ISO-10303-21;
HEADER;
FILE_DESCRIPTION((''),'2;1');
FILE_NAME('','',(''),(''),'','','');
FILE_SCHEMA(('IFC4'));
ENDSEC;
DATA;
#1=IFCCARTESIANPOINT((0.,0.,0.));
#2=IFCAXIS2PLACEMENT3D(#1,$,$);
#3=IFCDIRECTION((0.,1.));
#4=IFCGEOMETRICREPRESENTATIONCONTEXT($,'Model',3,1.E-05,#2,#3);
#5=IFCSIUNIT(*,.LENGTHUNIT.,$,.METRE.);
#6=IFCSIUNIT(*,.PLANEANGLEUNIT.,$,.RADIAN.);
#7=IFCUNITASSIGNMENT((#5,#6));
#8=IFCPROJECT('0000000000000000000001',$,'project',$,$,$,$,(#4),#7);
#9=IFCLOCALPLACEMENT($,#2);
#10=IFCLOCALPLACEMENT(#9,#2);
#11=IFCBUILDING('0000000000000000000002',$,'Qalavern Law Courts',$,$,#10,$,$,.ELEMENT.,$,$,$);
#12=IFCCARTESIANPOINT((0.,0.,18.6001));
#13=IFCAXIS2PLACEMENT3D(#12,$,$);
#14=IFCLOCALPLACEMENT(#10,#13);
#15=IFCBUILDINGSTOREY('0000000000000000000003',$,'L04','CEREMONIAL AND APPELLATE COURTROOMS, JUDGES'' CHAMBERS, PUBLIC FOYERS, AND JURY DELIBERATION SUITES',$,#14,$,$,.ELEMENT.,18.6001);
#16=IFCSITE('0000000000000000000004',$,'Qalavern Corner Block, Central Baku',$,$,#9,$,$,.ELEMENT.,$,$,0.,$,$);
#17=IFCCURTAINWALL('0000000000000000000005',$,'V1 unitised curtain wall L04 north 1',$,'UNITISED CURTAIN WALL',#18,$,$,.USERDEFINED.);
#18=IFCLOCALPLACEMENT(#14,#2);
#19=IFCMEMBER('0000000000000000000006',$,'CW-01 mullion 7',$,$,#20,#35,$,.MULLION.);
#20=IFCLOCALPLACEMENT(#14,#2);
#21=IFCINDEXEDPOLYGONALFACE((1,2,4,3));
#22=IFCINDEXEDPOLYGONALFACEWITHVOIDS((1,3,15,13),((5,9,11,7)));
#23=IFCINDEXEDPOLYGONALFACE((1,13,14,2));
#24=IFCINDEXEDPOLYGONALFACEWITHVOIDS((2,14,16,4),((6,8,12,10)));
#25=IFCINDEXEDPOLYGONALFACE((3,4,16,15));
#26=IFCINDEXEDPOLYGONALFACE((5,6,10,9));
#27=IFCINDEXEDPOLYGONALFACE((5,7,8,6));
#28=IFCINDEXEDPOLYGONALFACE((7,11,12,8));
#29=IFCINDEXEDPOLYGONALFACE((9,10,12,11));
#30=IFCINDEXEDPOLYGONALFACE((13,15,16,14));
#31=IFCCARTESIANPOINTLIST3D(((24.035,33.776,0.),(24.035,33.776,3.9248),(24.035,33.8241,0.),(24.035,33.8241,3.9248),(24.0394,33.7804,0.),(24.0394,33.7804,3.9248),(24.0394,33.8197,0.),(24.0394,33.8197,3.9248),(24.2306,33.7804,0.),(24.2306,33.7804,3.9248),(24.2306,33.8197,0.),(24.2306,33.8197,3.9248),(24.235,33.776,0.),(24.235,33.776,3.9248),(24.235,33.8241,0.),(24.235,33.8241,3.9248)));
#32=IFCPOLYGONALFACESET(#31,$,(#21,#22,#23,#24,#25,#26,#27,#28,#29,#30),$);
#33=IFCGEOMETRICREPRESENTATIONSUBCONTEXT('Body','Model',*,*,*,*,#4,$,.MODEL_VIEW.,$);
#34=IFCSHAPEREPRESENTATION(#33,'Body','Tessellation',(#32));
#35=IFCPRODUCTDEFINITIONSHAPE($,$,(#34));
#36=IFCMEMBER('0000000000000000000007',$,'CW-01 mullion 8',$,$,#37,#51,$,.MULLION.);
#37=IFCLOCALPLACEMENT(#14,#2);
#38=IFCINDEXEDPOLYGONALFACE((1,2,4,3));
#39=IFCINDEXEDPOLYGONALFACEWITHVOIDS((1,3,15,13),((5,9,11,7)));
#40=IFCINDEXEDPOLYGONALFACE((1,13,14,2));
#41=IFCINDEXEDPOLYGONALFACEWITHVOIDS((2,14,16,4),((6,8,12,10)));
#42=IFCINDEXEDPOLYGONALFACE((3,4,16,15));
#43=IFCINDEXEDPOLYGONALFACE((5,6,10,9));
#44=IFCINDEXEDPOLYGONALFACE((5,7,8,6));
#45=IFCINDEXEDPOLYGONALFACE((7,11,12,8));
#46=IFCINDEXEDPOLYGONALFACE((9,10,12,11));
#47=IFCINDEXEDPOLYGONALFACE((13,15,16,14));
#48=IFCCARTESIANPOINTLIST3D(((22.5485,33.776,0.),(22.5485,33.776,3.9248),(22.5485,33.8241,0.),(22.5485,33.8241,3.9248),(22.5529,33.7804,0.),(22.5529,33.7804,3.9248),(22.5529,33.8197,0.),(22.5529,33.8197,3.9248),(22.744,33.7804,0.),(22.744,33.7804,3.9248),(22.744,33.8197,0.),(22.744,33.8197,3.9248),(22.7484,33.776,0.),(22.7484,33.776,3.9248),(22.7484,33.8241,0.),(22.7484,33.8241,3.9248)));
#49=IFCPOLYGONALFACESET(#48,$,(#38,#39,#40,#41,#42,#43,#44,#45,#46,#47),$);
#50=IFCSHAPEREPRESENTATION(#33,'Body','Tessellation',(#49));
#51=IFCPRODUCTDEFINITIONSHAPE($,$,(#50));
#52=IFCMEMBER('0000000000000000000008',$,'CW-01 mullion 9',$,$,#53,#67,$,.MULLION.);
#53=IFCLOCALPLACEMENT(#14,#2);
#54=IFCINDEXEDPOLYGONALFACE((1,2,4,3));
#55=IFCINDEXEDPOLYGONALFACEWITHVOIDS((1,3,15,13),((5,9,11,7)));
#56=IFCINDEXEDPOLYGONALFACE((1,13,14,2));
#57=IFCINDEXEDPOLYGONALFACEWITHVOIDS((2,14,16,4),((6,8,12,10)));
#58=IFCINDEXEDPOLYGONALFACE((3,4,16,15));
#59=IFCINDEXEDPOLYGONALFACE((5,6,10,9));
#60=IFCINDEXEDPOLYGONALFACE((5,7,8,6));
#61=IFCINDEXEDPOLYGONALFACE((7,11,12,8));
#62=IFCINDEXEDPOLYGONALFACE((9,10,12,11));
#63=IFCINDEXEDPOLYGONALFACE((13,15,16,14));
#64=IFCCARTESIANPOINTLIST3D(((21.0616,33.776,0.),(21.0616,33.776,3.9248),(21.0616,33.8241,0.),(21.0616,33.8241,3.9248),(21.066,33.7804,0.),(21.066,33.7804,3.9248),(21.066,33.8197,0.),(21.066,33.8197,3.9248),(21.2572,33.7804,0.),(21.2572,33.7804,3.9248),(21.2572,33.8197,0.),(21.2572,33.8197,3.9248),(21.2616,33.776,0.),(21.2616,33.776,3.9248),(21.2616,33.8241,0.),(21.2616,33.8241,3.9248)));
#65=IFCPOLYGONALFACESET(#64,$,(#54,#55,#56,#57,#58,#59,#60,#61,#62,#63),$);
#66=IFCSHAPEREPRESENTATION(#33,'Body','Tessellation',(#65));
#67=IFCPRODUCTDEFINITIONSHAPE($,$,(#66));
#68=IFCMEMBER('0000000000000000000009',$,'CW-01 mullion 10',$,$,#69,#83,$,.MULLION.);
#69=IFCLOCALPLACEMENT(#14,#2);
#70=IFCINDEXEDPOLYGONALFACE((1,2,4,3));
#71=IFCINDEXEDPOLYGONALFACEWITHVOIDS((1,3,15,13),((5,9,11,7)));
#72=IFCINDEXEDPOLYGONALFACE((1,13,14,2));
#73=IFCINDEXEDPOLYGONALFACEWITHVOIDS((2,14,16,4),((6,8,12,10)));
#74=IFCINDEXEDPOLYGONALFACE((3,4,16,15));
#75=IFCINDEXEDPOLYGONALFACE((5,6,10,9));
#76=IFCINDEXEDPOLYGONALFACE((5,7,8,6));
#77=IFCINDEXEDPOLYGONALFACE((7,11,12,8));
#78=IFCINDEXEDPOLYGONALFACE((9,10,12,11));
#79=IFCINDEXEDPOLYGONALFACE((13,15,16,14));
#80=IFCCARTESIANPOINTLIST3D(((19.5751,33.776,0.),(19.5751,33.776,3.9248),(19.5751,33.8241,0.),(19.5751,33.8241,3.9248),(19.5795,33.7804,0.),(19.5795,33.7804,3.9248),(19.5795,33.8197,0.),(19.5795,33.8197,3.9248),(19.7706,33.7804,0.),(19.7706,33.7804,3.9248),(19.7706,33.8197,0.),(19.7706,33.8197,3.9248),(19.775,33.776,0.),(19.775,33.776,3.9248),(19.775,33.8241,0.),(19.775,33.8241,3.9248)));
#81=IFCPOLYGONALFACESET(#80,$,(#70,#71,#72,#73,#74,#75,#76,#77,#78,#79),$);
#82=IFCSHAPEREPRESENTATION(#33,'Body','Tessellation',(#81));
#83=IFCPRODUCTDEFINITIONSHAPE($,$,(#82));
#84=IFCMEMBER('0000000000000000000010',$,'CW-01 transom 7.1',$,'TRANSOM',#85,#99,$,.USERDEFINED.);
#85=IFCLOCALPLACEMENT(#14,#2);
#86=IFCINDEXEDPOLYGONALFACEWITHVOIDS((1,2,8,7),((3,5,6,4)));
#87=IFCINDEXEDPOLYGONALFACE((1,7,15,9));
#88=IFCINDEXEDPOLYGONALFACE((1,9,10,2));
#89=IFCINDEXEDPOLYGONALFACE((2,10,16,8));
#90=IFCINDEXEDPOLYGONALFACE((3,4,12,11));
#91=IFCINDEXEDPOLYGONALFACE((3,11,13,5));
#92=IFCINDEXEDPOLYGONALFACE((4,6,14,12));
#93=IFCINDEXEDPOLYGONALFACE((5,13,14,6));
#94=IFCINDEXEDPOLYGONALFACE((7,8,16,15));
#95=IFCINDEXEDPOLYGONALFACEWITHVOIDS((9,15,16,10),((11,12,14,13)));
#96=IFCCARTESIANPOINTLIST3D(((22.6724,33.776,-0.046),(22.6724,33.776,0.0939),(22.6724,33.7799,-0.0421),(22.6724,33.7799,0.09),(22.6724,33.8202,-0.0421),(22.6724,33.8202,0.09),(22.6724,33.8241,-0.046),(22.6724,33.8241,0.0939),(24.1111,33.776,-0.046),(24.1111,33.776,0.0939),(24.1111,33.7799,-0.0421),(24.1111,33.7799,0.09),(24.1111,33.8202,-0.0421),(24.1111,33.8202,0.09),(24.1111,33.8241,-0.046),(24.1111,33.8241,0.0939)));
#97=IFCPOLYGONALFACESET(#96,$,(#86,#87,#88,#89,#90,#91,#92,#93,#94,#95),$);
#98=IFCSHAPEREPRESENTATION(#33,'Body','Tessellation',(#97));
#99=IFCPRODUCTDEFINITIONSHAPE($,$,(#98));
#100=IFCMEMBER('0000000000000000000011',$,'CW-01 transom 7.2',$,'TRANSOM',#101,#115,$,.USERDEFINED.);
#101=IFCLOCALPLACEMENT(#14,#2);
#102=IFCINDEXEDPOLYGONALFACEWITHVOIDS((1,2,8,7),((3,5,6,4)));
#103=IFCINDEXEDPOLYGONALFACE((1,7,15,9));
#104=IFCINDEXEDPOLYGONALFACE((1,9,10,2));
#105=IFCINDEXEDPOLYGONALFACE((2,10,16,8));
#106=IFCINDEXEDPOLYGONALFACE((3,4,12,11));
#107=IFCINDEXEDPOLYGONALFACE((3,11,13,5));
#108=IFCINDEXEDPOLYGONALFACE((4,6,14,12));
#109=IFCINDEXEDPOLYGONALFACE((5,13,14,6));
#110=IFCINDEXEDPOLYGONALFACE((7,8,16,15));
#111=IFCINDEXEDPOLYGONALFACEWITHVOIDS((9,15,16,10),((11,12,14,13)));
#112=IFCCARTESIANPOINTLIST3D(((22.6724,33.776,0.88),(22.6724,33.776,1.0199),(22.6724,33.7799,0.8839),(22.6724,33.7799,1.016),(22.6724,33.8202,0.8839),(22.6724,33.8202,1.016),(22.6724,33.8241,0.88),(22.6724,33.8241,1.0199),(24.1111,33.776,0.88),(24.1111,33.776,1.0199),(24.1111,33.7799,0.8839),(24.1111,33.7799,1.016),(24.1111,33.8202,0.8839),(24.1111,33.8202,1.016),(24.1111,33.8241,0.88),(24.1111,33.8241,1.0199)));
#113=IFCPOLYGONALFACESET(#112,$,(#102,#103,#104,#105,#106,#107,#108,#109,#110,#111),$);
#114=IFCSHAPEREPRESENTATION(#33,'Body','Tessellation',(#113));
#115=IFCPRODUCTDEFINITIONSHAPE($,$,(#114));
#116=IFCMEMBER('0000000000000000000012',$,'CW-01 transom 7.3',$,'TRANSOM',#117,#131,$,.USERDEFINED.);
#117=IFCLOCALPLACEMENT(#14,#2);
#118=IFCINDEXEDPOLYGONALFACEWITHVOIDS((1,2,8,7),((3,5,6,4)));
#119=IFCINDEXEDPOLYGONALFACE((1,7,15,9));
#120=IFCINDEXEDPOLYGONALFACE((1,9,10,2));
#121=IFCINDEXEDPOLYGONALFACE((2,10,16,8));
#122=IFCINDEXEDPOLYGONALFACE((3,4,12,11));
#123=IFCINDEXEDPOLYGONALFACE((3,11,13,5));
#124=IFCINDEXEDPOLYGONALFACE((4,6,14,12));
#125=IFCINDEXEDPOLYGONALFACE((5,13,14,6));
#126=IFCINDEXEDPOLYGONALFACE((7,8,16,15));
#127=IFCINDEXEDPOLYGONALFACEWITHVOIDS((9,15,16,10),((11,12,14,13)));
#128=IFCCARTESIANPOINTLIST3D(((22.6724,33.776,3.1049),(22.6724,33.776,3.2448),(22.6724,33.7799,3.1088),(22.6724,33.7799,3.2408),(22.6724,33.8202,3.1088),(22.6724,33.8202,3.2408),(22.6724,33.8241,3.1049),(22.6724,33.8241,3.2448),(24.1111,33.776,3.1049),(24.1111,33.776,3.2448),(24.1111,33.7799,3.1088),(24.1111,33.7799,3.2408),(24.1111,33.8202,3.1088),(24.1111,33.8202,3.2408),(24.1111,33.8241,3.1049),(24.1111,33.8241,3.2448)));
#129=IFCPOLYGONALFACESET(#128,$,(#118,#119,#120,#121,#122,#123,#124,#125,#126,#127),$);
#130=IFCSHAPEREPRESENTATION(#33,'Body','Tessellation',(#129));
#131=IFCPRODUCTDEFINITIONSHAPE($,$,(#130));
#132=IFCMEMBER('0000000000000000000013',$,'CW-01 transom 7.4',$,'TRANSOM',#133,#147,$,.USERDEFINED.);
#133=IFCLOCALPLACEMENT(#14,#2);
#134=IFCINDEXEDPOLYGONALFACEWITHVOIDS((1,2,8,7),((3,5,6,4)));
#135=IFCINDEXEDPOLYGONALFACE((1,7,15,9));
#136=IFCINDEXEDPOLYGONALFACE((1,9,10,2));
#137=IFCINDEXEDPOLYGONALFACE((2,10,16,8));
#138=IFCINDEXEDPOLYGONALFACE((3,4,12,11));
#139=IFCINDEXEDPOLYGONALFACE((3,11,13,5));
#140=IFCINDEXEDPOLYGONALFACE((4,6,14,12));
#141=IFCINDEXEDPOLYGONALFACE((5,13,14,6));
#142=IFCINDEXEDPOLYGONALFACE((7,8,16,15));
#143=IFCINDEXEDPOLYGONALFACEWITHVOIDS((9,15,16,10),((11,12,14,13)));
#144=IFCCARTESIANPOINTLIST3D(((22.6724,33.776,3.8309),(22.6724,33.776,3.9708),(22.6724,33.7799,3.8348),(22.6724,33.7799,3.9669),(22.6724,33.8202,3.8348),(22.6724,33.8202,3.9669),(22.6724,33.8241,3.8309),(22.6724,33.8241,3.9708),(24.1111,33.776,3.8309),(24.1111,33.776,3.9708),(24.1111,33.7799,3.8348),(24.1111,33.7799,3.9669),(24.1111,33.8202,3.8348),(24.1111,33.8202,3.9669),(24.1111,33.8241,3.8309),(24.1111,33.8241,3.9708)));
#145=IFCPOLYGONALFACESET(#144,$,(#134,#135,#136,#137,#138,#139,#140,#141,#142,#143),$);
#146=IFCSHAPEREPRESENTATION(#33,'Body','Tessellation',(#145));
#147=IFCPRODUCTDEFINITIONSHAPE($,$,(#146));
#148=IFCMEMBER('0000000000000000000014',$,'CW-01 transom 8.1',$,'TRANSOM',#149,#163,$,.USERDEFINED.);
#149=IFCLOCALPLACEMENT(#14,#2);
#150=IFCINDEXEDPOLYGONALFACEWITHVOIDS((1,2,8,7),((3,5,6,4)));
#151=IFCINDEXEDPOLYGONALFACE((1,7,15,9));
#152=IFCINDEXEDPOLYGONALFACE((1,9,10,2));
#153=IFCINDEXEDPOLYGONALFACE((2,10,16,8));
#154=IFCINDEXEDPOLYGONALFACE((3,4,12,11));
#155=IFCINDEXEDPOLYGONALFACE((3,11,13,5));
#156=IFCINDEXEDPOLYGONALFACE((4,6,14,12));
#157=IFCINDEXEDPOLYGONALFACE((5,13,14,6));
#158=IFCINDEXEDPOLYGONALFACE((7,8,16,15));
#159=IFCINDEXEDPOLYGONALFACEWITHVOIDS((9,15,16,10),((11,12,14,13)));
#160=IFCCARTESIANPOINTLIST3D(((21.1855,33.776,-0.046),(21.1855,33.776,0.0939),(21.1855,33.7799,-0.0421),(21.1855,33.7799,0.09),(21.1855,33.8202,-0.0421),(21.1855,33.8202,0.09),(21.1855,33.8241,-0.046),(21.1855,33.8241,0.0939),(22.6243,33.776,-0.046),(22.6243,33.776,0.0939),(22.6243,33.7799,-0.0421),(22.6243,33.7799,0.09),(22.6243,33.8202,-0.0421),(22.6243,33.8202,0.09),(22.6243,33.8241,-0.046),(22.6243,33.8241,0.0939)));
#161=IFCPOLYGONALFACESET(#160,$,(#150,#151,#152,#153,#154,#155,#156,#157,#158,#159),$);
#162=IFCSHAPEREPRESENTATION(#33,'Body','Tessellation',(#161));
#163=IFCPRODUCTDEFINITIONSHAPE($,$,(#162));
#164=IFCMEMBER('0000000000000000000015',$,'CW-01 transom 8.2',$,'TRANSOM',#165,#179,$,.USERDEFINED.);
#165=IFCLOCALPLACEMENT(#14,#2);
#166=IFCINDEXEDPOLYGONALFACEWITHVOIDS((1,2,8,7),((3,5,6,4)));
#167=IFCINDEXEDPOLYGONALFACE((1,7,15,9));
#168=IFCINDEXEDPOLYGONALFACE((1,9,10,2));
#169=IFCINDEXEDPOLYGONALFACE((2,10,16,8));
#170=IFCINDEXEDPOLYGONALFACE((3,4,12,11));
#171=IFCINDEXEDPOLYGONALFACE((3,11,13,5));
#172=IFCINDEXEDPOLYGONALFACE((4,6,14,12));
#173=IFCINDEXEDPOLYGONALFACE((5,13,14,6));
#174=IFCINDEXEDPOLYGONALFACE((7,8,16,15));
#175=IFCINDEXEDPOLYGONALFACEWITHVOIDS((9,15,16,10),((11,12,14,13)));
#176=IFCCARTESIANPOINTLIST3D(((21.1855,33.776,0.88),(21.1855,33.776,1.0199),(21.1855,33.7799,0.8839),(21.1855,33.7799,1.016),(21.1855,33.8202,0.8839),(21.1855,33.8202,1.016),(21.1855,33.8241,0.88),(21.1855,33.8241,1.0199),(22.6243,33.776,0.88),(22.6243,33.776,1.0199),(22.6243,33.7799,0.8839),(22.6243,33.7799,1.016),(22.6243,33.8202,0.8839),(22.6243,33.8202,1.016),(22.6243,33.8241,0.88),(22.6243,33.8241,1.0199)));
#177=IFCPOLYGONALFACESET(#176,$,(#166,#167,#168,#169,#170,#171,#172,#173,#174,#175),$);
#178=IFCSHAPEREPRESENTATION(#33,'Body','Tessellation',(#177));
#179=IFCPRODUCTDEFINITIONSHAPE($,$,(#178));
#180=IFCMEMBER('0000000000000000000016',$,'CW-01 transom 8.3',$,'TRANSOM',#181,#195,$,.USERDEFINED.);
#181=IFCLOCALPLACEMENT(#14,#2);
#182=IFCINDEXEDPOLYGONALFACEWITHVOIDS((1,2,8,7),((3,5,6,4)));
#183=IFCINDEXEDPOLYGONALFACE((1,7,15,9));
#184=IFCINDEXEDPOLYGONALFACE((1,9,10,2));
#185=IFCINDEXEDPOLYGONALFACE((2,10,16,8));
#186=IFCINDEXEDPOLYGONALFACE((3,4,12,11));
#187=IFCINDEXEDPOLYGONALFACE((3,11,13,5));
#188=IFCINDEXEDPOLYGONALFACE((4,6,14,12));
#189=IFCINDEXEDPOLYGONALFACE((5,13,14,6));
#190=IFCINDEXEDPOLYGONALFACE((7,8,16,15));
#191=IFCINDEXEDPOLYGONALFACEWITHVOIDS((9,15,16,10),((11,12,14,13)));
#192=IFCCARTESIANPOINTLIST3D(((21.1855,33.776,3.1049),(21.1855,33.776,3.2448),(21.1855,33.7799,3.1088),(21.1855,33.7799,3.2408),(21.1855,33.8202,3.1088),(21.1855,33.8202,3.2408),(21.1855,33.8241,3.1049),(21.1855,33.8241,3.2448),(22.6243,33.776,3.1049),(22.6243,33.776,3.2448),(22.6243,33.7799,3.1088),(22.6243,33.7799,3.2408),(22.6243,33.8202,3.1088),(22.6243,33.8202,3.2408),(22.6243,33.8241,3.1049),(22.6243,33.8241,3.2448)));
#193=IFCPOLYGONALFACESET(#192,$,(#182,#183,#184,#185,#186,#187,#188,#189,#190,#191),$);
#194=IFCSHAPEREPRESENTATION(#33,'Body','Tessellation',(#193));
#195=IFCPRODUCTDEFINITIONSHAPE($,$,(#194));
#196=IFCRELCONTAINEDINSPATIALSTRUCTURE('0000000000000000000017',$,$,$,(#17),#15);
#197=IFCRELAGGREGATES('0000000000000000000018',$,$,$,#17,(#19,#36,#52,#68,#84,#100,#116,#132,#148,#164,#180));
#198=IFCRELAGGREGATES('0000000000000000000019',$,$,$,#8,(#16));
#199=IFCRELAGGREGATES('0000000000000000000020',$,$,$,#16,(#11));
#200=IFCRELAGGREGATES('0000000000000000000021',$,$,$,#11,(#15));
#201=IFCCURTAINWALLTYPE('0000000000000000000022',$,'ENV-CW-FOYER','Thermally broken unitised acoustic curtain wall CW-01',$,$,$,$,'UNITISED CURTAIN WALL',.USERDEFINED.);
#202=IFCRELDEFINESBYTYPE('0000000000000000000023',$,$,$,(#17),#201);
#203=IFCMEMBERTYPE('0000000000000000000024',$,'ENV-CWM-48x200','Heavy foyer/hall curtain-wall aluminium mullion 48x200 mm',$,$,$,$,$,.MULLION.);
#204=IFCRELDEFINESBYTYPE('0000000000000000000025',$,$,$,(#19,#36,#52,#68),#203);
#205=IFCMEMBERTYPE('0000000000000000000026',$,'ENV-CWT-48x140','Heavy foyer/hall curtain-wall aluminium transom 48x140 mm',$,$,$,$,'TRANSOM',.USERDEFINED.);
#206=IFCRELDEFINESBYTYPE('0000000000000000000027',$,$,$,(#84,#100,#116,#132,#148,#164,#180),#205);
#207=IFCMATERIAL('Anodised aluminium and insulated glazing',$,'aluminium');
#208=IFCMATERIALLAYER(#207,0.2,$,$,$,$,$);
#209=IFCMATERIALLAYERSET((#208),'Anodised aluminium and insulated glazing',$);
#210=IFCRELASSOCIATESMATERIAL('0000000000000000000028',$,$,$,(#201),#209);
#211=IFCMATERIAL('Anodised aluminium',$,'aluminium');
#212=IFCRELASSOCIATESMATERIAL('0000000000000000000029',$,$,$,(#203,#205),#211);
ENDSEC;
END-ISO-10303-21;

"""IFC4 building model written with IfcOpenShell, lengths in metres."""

from ifc_helpers import new_model, si_unit, direction, frame, origin, origin_2d, place, context, subcontext, project, spatial, hollow_rectangle, extrude, material, layer, layer_set, material_profile, profile_set, type_object, element, aggregate, save


model = new_model("IFC4")

# Units and contexts
model_context = context("Model", 3, precision=1e-05, world=origin(), true_north=direction((0.0, 1.0)))
body_context = subcontext(model_context, "Body", "Model", "MODEL_VIEW")
ifc_project = project(units=[si_unit("LENGTHUNIT", "METRE"), si_unit("PLANEANGLEUNIT", "RADIAN")], contexts=[model_context])

# Site, building, storey
site_placement = place(None, origin())
site = spatial("IfcSite", under=ifc_project, at=site_placement, Name="Qalavern Corner Block, Central Baku", CompositionType="ELEMENT", RefElevation=0.0)
building_placement = place(site_placement, origin())
building = spatial("IfcBuilding", under=site, at=building_placement, Name="Qalavern Law Courts", CompositionType="ELEMENT")
storey_placement = place(building_placement, frame((0.0, 0.0, 18.6001)))
storey = spatial("IfcBuildingStorey", under=building, at=storey_placement, Name="L04", Description="CEREMONIAL AND APPELLATE COURTROOMS, JUDGES' CHAMBERS, PUBLIC FOYERS, AND JURY DELIBERATION SUITES", CompositionType="ELEMENT", Elevation=18.6001)

# Curtain wall, members
ifc_material_1 = material(Name="Anodised aluminium and insulated glazing", Category="aluminium")
ifc_layer_1 = layer(ifc_material_1, 0.2)
ifc_layer_set_1 = layer_set([ifc_layer_1], Name="Anodised aluminium and insulated glazing")
curtain_wall_type = type_object("IfcCurtainWallType", Name="ENV-CW-FOYER", Description="Thermally broken unitised acoustic curtain wall CW-01", ElementType="UNITISED CURTAIN WALL", PredefinedType="USERDEFINED", material=ifc_layer_set_1)
curtain_wall_placement = place(storey_placement, origin())
curtain_wall = element("IfcCurtainWall", 1, at=curtain_wall_placement, inside=storey, type_object=curtain_wall_type, Name="V1 unitised curtain wall L04 north 1", ObjectType="UNITISED CURTAIN WALL", PredefinedType="USERDEFINED")
ifc_material_2 = material(Name="Anodised aluminium", Category="aluminium")
ifc_material_profile_1 = material_profile(ifc_material_2, hollow_rectangle(XDim=0.0481, YDim=0.2, WallThickness=0.0044, at=origin_2d()), Name="ALU MULLION 48x200")
ifc_profile_set_1 = profile_set([ifc_material_profile_1], Name="Anodised aluminium")
member_type_1 = type_object("IfcMemberType", Name="ENV-CWM-48x200", Description="Heavy foyer/hall curtain-wall aluminium mullion 48x200 mm", PredefinedType="MULLION", material=ifc_profile_set_1)
member_1_placement = place(storey_placement, frame((24.135, 33.8, 0.0), z_axis=(0.0, 0.0, 1.0), x_axis=(0.0, -1.0, 0.0)))
member_1 = element("IfcMember", 2, at=member_1_placement, type_object=member_type_1, Name="CW-01 mullion 7", PredefinedType="MULLION", context=body_context, shape_type="SweptSolid", body=[
    extrude(hollow_rectangle(XDim=0.0481, YDim=0.2, WallThickness=0.0044, at=origin_2d()), origin(), (0.0, 0.0, 1.0), 3.9248),
])
member_2_placement = place(storey_placement, frame((22.6484, 33.8, 0.0), z_axis=(0.0, 0.0, 1.0), x_axis=(0.0, -1.0, 0.0)))
member_2 = element("IfcMember", 3, at=member_2_placement, type_object=member_type_1, Name="CW-01 mullion 8", PredefinedType="MULLION", context=body_context, shape_type="SweptSolid", body=[
    extrude(hollow_rectangle(XDim=0.0481, YDim=0.2, WallThickness=0.0044, at=origin_2d()), origin(), (0.0, 0.0, 1.0), 3.9248),
])
member_3_placement = place(storey_placement, frame((21.1616, 33.8, 0.0), z_axis=(0.0, 0.0, 1.0), x_axis=(0.0, -1.0, 0.0)))
member_3 = element("IfcMember", 4, at=member_3_placement, type_object=member_type_1, Name="CW-01 mullion 9", PredefinedType="MULLION", context=body_context, shape_type="SweptSolid", body=[
    extrude(hollow_rectangle(XDim=0.0481, YDim=0.2, WallThickness=0.0044, at=origin_2d()), origin(), (0.0, 0.0, 1.0), 3.9248),
])
member_4_placement = place(storey_placement, frame((19.675, 33.8, 0.0), z_axis=(0.0, 0.0, 1.0), x_axis=(0.0, -1.0, 0.0)))
member_4 = element("IfcMember", 5, at=member_4_placement, type_object=member_type_1, Name="CW-01 mullion 10", PredefinedType="MULLION", context=body_context, shape_type="SweptSolid", body=[
    extrude(hollow_rectangle(XDim=0.0481, YDim=0.2, WallThickness=0.0044, at=origin_2d()), origin(), (0.0, 0.0, 1.0), 3.9248),
])
ifc_material_profile_2 = material_profile(ifc_material_2, hollow_rectangle(XDim=0.0481, YDim=0.1399, WallThickness=0.0039, at=origin_2d()), Name="ALU TRANSOM 48x140")
ifc_profile_set_2 = profile_set([ifc_material_profile_2], Name="Anodised aluminium")
member_type_2 = type_object("IfcMemberType", Name="ENV-CWT-48x140", Description="Heavy foyer/hall curtain-wall aluminium transom 48x140 mm", ElementType="TRANSOM", PredefinedType="USERDEFINED", material=ifc_profile_set_2)
member_5_placement = place(storey_placement, frame((24.1111, 33.8, 0.0239), z_axis=(-1.0, 0.0, 0.0), x_axis=(0.0, -1.0, 0.0)))
member_5 = element("IfcMember", 6, at=member_5_placement, type_object=member_type_2, Name="CW-01 transom 7.1", ObjectType="TRANSOM", PredefinedType="USERDEFINED", context=body_context, shape_type="SweptSolid", body=[
    extrude(hollow_rectangle(XDim=0.0481, YDim=0.1399, WallThickness=0.0039, at=origin_2d()), origin(), (0.0, 0.0, 1.0), 1.4387),
])
member_6_placement = place(storey_placement, frame((24.1111, 33.8, 0.95), z_axis=(-1.0, 0.0, 0.0), x_axis=(0.0, -1.0, 0.0)))
member_6 = element("IfcMember", 7, at=member_6_placement, type_object=member_type_2, Name="CW-01 transom 7.2", ObjectType="TRANSOM", PredefinedType="USERDEFINED", context=body_context, shape_type="SweptSolid", body=[
    extrude(hollow_rectangle(XDim=0.0481, YDim=0.1399, WallThickness=0.0039, at=origin_2d()), origin(), (0.0, 0.0, 1.0), 1.4387),
])
member_7_placement = place(storey_placement, frame((24.1111, 33.8, 3.1748), z_axis=(-1.0, 0.0, 0.0), x_axis=(0.0, -1.0, 0.0)))
member_7 = element("IfcMember", 8, at=member_7_placement, type_object=member_type_2, Name="CW-01 transom 7.3", ObjectType="TRANSOM", PredefinedType="USERDEFINED", context=body_context, shape_type="SweptSolid", body=[
    extrude(hollow_rectangle(XDim=0.0481, YDim=0.1399, WallThickness=0.0039, at=origin_2d()), origin(), (0.0, 0.0, 1.0), 1.4387),
])
member_8_placement = place(storey_placement, frame((24.1111, 33.8, 3.9009), z_axis=(-1.0, 0.0, 0.0), x_axis=(0.0, -1.0, 0.0)))
member_8 = element("IfcMember", 9, at=member_8_placement, type_object=member_type_2, Name="CW-01 transom 7.4", ObjectType="TRANSOM", PredefinedType="USERDEFINED", context=body_context, shape_type="SweptSolid", body=[
    extrude(hollow_rectangle(XDim=0.0481, YDim=0.1399, WallThickness=0.0039, at=origin_2d()), origin(), (0.0, 0.0, 1.0), 1.4387),
])
member_9_placement = place(storey_placement, frame((22.6243, 33.8, 0.0239), z_axis=(-1.0, 0.0, 0.0), x_axis=(0.0, -1.0, 0.0)))
member_9 = element("IfcMember", 10, at=member_9_placement, type_object=member_type_2, Name="CW-01 transom 8.1", ObjectType="TRANSOM", PredefinedType="USERDEFINED", context=body_context, shape_type="SweptSolid", body=[
    extrude(hollow_rectangle(XDim=0.0481, YDim=0.1399, WallThickness=0.0039, at=origin_2d()), origin(), (0.0, 0.0, 1.0), 1.4387),
])
member_10_placement = place(storey_placement, frame((22.6243, 33.8, 0.95), z_axis=(-1.0, 0.0, 0.0), x_axis=(0.0, -1.0, 0.0)))
member_10 = element("IfcMember", 11, at=member_10_placement, type_object=member_type_2, Name="CW-01 transom 8.2", ObjectType="TRANSOM", PredefinedType="USERDEFINED", context=body_context, shape_type="SweptSolid", body=[
    extrude(hollow_rectangle(XDim=0.0481, YDim=0.1399, WallThickness=0.0039, at=origin_2d()), origin(), (0.0, 0.0, 1.0), 1.4387),
])
member_11_placement = place(storey_placement, frame((22.6243, 33.8, 3.1748), z_axis=(-1.0, 0.0, 0.0), x_axis=(0.0, -1.0, 0.0)))
member_11 = element("IfcMember", 12, at=member_11_placement, type_object=member_type_2, Name="CW-01 transom 8.3", ObjectType="TRANSOM", PredefinedType="USERDEFINED", context=body_context, shape_type="SweptSolid", body=[
    extrude(hollow_rectangle(XDim=0.0481, YDim=0.1399, WallThickness=0.0039, at=origin_2d()), origin(), (0.0, 0.0, 1.0), 1.4387),
])

aggregate(curtain_wall, [member_1, member_2, member_3, member_4, member_5, member_6, member_7, member_8, member_9, member_10, member_11])

save(model, "model.ifc")
